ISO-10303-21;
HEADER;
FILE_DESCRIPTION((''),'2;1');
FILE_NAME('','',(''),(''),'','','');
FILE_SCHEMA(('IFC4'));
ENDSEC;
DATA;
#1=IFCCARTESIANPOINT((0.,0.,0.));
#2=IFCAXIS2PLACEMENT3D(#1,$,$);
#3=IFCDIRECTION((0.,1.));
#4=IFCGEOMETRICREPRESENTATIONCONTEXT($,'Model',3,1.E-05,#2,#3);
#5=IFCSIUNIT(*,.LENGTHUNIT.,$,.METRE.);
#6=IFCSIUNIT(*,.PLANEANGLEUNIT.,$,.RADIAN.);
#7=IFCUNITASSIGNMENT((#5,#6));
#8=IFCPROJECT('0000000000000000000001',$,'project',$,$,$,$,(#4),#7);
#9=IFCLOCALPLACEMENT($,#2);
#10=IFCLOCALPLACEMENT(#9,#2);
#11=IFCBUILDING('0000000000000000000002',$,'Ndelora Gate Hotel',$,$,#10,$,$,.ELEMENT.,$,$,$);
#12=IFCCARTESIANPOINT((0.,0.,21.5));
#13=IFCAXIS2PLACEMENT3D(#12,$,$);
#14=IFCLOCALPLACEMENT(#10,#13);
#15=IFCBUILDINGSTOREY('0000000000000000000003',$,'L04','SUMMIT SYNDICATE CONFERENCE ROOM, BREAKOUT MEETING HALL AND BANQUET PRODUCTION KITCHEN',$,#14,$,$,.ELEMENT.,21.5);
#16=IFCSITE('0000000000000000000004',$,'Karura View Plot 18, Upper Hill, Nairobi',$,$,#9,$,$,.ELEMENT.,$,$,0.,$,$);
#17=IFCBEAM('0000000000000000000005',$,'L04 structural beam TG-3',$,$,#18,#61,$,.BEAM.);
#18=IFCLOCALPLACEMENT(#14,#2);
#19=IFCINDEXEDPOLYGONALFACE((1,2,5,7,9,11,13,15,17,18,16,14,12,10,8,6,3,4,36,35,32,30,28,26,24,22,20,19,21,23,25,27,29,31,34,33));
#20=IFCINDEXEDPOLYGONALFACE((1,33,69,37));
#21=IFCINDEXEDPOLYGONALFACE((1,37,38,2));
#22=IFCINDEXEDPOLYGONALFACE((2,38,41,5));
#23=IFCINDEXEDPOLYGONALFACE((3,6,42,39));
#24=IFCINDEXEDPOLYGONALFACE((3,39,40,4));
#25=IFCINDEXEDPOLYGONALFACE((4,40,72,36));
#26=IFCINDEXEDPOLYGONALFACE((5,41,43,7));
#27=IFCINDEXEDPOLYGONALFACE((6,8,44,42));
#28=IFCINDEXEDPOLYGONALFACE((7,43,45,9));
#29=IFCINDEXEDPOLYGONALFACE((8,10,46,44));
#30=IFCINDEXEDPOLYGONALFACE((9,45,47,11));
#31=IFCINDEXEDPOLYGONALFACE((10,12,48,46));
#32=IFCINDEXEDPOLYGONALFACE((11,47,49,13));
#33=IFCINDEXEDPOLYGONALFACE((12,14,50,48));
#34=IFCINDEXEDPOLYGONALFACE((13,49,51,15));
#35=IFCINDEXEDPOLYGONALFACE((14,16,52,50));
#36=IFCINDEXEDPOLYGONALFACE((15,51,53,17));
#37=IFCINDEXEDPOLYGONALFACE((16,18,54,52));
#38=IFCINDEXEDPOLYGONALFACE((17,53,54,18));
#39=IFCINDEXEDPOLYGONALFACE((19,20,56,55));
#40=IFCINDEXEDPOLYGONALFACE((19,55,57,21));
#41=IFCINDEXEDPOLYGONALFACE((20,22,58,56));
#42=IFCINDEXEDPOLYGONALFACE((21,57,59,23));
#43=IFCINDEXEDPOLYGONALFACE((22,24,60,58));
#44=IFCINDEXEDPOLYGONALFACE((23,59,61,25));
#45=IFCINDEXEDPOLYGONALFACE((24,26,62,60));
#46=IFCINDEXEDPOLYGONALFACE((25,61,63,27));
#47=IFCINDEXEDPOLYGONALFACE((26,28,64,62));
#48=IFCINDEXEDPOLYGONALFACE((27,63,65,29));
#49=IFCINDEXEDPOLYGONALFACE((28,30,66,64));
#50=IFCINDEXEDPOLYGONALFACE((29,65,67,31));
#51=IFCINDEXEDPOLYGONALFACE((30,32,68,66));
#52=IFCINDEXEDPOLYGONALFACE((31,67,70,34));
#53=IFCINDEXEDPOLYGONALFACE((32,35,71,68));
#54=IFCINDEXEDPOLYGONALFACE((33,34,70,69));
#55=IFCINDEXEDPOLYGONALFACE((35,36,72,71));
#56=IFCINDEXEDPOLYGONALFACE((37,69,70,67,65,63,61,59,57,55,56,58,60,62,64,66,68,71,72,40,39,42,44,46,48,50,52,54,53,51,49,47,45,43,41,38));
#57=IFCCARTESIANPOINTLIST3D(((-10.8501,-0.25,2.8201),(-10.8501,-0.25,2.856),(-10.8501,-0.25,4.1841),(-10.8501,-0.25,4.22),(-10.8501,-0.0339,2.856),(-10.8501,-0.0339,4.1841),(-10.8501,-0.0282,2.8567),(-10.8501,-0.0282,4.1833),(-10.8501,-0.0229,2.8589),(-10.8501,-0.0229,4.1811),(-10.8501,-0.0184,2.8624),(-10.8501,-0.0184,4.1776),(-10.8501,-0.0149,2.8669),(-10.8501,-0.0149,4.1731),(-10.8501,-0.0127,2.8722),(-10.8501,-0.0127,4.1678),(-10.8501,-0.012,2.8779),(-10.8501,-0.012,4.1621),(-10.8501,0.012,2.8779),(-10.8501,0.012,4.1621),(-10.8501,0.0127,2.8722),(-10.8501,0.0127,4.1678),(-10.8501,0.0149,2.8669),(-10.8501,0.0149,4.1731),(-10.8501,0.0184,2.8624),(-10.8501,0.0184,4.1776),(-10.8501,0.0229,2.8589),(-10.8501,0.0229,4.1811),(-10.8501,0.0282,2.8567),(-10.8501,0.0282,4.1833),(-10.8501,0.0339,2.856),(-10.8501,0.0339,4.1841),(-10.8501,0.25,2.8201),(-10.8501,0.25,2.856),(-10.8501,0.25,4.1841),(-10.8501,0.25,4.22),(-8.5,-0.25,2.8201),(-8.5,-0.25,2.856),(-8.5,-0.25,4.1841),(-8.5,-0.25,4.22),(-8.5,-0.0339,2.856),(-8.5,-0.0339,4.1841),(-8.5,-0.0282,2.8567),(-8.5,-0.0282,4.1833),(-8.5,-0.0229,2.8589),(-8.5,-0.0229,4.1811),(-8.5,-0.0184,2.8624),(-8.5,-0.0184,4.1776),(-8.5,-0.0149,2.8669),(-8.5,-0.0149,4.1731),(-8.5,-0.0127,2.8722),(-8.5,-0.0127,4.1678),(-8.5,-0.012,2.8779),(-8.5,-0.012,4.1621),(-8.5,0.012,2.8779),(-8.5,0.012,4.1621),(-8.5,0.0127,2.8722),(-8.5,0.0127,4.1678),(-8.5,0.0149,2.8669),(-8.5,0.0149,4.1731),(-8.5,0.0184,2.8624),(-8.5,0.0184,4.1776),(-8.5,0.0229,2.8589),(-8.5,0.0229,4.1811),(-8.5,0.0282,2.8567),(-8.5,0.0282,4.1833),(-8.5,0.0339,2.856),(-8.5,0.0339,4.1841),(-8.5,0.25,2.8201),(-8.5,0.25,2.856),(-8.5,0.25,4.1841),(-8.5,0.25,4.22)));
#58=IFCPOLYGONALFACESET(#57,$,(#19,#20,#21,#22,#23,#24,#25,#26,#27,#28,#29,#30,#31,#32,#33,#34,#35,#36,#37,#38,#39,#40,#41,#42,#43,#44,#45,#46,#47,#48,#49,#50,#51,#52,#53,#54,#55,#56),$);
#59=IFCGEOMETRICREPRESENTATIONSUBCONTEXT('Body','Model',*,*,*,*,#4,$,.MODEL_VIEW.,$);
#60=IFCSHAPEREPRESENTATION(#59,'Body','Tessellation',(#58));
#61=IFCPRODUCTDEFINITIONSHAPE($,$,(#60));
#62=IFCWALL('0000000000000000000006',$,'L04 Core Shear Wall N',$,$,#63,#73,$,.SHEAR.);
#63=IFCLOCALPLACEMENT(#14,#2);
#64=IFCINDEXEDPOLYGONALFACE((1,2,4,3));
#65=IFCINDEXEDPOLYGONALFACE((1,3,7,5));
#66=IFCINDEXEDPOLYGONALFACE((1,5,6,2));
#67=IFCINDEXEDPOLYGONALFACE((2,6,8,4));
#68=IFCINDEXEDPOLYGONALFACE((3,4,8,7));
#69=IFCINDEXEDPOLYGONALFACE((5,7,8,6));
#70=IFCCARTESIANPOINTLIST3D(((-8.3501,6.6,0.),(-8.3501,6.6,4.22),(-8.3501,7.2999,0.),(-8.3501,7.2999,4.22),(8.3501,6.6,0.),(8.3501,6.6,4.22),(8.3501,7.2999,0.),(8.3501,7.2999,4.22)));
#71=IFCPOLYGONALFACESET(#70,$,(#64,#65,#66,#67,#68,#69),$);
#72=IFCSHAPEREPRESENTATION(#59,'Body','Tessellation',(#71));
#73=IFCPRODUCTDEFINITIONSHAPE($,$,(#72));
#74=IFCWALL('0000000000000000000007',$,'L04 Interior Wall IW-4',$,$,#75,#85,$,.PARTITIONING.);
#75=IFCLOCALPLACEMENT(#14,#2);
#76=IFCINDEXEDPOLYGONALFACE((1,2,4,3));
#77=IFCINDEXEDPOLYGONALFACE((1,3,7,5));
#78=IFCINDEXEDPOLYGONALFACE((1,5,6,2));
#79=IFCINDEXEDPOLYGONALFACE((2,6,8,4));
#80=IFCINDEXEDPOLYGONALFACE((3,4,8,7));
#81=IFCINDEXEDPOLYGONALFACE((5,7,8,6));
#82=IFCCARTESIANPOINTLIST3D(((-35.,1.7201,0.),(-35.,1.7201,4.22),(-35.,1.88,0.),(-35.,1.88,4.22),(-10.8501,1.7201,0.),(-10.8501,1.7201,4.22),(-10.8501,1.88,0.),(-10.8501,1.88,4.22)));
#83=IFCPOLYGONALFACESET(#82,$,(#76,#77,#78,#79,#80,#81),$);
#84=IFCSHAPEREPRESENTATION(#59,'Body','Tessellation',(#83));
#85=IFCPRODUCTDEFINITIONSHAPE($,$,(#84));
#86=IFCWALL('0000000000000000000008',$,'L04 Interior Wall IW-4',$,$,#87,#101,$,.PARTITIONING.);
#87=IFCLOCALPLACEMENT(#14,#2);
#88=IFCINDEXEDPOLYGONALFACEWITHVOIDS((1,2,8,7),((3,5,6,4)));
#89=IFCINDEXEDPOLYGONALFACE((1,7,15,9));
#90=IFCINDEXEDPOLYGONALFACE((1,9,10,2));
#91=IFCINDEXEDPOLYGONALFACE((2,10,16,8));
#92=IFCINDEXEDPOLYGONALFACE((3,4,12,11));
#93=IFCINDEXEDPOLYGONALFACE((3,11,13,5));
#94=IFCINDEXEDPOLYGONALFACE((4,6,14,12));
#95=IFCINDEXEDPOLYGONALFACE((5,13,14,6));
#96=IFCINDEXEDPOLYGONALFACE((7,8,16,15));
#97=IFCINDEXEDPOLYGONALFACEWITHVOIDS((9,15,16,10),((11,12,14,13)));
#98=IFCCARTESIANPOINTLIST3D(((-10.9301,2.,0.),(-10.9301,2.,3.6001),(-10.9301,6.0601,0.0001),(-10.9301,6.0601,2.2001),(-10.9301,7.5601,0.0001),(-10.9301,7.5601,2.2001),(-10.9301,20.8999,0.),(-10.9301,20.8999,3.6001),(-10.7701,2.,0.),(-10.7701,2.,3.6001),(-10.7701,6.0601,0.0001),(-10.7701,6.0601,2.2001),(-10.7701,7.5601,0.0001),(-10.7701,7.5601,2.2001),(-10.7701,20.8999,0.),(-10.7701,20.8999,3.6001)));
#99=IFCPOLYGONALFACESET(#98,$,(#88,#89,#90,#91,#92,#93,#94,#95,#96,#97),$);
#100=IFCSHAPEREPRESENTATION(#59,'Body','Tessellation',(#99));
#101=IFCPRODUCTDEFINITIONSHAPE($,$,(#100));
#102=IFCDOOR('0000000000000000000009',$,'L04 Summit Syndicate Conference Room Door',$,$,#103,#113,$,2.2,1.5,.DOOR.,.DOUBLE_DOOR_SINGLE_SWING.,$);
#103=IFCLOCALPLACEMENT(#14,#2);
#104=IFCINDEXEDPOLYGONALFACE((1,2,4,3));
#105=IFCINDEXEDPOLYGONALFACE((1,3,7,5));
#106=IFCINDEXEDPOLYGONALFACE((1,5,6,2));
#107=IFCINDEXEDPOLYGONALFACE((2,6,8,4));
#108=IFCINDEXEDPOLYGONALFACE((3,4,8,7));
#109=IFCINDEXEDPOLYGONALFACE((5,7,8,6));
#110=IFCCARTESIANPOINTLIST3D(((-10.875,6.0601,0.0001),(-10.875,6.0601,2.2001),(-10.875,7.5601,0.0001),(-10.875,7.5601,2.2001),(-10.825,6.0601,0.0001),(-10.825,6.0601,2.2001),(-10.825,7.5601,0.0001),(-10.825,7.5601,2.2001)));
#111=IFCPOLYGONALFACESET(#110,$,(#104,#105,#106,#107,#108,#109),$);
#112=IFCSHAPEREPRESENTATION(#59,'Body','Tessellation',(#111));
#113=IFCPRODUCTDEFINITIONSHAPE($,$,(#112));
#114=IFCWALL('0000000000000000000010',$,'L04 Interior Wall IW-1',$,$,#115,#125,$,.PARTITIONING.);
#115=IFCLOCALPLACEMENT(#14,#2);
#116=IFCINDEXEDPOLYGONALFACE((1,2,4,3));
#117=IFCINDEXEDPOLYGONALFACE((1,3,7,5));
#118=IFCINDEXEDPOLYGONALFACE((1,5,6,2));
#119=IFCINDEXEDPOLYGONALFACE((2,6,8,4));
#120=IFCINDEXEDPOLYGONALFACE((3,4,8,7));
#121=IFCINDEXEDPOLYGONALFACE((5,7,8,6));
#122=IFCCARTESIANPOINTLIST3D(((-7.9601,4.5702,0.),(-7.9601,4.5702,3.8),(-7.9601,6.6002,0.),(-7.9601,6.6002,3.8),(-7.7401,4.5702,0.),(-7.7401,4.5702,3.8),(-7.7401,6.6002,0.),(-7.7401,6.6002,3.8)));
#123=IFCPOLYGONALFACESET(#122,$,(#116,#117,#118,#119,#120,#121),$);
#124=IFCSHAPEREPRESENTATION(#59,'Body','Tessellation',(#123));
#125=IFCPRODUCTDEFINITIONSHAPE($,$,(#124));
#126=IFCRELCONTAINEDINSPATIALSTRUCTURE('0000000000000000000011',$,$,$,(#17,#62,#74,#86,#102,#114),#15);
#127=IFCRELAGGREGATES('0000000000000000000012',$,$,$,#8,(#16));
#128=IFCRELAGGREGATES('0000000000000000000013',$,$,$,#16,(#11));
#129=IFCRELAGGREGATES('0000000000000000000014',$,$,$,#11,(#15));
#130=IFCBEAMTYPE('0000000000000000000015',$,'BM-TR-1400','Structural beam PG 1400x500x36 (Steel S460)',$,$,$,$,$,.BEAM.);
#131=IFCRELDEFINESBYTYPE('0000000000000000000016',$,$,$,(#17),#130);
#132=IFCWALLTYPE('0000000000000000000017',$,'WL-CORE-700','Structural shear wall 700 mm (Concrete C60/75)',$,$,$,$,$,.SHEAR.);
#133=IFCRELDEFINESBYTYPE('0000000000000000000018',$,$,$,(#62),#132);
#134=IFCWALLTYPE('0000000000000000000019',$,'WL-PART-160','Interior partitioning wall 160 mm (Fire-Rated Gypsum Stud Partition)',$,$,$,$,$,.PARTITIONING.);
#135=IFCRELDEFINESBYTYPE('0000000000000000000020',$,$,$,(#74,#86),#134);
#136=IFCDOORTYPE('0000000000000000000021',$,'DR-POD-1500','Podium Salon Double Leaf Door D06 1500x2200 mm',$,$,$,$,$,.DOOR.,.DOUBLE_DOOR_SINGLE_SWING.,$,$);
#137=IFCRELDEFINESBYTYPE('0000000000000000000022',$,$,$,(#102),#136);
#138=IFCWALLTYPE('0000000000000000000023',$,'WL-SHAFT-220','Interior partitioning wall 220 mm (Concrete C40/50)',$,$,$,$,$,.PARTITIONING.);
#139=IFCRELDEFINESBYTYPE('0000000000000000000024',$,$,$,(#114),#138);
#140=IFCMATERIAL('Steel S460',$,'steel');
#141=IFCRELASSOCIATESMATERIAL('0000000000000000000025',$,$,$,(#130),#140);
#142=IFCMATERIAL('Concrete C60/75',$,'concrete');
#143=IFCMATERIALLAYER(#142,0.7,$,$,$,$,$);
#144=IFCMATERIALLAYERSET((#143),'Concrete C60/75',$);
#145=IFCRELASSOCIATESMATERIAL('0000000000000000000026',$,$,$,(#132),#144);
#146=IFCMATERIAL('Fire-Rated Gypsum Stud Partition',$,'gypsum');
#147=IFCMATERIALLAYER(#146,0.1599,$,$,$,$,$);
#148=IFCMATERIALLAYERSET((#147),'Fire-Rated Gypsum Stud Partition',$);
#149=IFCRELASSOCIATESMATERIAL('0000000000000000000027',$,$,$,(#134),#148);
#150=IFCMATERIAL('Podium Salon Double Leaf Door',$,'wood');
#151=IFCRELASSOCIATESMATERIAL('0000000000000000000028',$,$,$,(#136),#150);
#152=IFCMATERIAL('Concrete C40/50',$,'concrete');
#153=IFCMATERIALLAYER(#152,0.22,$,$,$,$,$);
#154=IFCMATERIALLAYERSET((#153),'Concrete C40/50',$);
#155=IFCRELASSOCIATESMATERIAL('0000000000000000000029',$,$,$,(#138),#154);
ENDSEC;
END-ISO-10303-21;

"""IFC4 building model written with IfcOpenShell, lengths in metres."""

from ifc_helpers import new_model, si_unit, direction, frame, frame_2d, origin, origin_2d, place, context, subcontext, project, spatial, rectangle, i_section, extrude, material, layer, layer_set, material_profile, profile_set, type_object, element, fill, save


model = new_model("IFC4")

# Units and contexts
model_context = context("Model", 3, precision=1e-05, world=origin(), true_north=direction((0.0, 1.0)))
body_context = subcontext(model_context, "Body", "Model", "MODEL_VIEW")
ifc_project = project(units=[si_unit("LENGTHUNIT", "METRE"), si_unit("PLANEANGLEUNIT", "RADIAN")], contexts=[model_context])

# Site, building, storey
site_placement = place(None, origin())
site = spatial("IfcSite", under=ifc_project, at=site_placement, Name="Karura View Plot 18, Upper Hill, Nairobi", CompositionType="ELEMENT", RefElevation=0.0)
building_placement = place(site_placement, origin())
building = spatial("IfcBuilding", under=site, at=building_placement, Name="Ndelora Gate Hotel", CompositionType="ELEMENT")
storey_placement = place(building_placement, frame((0.0, 0.0, 21.5)))
storey = spatial("IfcBuildingStorey", under=building, at=storey_placement, Name="L04", Description="SUMMIT SYNDICATE CONFERENCE ROOM, BREAKOUT MEETING HALL AND BANQUET PRODUCTION KITCHEN", CompositionType="ELEMENT", Elevation=21.5)

# Shared definitions
ifc_material_1 = material(Name="Concrete C60/75", Category="concrete")

# Beam
ifc_material_2 = material(Name="Steel S460", Category="steel")
ifc_material_profile_1 = material_profile(ifc_material_2, i_section(OverallWidth=0.5, OverallDepth=1.3999, WebThickness=0.0239, FlangeThickness=0.0359, FilletRadius=0.022, at=origin_2d()), Name="PG 1400x500x36")
ifc_profile_set_1 = profile_set([ifc_material_profile_1], Name="Steel S460")
beam_type_1 = type_object("IfcBeamType", Name="BM-TR-1400", Description="Structural beam PG 1400x500x36 (Steel S460)", PredefinedType="BEAM", material=ifc_profile_set_1)
beam_1_placement = place(storey_placement, frame((-10.8501, 0.0, 3.52), z_axis=(1.0, 0.0, 0.0), x_axis=(0.0, 1.0, 0.0)))
element("IfcBeam", 1, at=beam_1_placement, inside=storey, type_object=beam_type_1, Name="L04 structural beam TG-3", PredefinedType="BEAM", context=body_context, shape_type="SweptSolid", body=[
    extrude(i_section(OverallWidth=0.5, OverallDepth=1.3999, WebThickness=0.0239, FlangeThickness=0.0359, FilletRadius=0.022, at=origin_2d()), origin(), (0.0, 0.0, 1.0), 2.3501),
])

# Wall
ifc_layer_1 = layer(ifc_material_1, 0.7)
ifc_layer_set_1 = layer_set([ifc_layer_1], Name="Concrete C60/75")
wall_type_1 = type_object("IfcWallType", Name="WL-CORE-700", Description="Structural shear wall 700 mm (Concrete C60/75)", PredefinedType="SHEAR", material=ifc_layer_set_1)
wall_1_placement = place(storey_placement, frame((-8.3501, 6.95, 0.0), z_axis=(0.0, 0.0, 1.0), x_axis=(1.0, 0.0, 0.0)))
element("IfcWall", 2, at=wall_1_placement, inside=storey, type_object=wall_type_1, Name="L04 Core Shear Wall N", PredefinedType="SHEAR", context=body_context, shape_type="SweptSolid", body=[
    extrude(rectangle(XDim=16.7002, YDim=0.7, at=frame_2d((8.3501, 0.0))), origin(), (0.0, 0.0, 1.0), 4.22),
])

# Shared definitions
ifc_material_3 = material(Name="Concrete C40/50", Category="concrete")

# Wall
ifc_material_4 = material(Name="Fire-Rated Gypsum Stud Partition", Category="gypsum")
ifc_layer_2 = layer(ifc_material_4, 0.1599)
ifc_layer_set_2 = layer_set([ifc_layer_2], Name="Fire-Rated Gypsum Stud Partition")
wall_type_2 = type_object("IfcWallType", Name="WL-PART-160", Description="Interior partitioning wall 160 mm (Fire-Rated Gypsum Stud Partition)", PredefinedType="PARTITIONING", material=ifc_layer_set_2)
wall_2_placement = place(storey_placement, frame((-10.8501, 1.8, 0.0), z_axis=(0.0, 0.0, 1.0), x_axis=(-1.0, 0.0, 0.0)))
element("IfcWall", 3, at=wall_2_placement, inside=storey, type_object=wall_type_2, Name="L04 Interior Wall IW-4", PredefinedType="PARTITIONING", context=body_context, shape_type="SweptSolid", body=[
    extrude(rectangle(XDim=24.1499, YDim=0.1599, at=frame_2d((12.075, 0.0))), origin(), (0.0, 0.0, 1.0), 4.22),
])

# Wall, opening, door
wall_3_placement = place(storey_placement, frame((-10.8501, 2.0, 0.0), z_axis=(0.0, 0.0, 1.0), x_axis=(0.0, 1.0, 0.0)))
wall_3 = element("IfcWall", 4, at=wall_3_placement, inside=storey, type_object=wall_type_2, Name="L04 Interior Wall IW-4", PredefinedType="PARTITIONING", context=body_context, shape_type="SweptSolid", body=[
    extrude(rectangle(XDim=18.8999, YDim=0.1599, at=frame_2d((9.45, 0.0))), origin(), (0.0, 0.0, 1.0), 3.6001),
])
opening_1_placement = place(wall_3_placement, frame((4.0601, 0.0, 0.0)))
opening_1 = element("IfcOpeningElement", 5, at=opening_1_placement, cuts=wall_3, PredefinedType="OPENING", context=body_context, shape_type="SweptSolid", body=[
    extrude(rectangle(XDim=1.5, YDim=2.2, at=frame_2d((0.75, 1.1001))), frame((0.0, 0.0898, 0.0), z_axis=(0.0, -1.0, 0.0), x_axis=(1.0, 0.0, 0.0)), (0.0, 0.0, 1.0), 0.1799),
])
ifc_material_5 = material(Name="Podium Salon Double Leaf Door", Category="wood")
door_type_1 = type_object("IfcDoorType", Name="DR-POD-1500", Description="Podium Salon Double Leaf Door D06 1500x2200 mm", OperationType="DOUBLE_DOOR_SINGLE_SWING", PredefinedType="DOOR", material=ifc_material_5)
door_1_placement = place(opening_1_placement, origin())
door_1 = element("IfcDoor", 6, at=door_1_placement, inside=storey, type_object=door_type_1, Name="L04 Summit Syndicate Conference Room Door", OperationType="DOUBLE_DOOR_SINGLE_SWING", OverallHeight=2.2, OverallWidth=1.5, PredefinedType="DOOR", context=body_context, shape_type="SweptSolid", body=[
    extrude(rectangle(XDim=1.5, YDim=2.2, at=frame_2d((0.75, 1.1001))), frame((0.0, 0.0249, 0.0), z_axis=(0.0, -1.0, 0.0), x_axis=(1.0, 0.0, 0.0)), (0.0, 0.0, 1.0), 0.05),
])
fill(opening_1, door_1)
ifc_layer_3 = layer(ifc_material_3, 0.22)
ifc_layer_set_3 = layer_set([ifc_layer_3], Name="Concrete C40/50")
wall_type_3 = type_object("IfcWallType", Name="WL-SHAFT-220", Description="Interior partitioning wall 220 mm (Concrete C40/50)", PredefinedType="PARTITIONING", material=ifc_layer_set_3)

# Wall
wall_4_placement = place(storey_placement, frame((-7.8501, 4.5701, 0.0), z_axis=(0.0, 0.0, 1.0), x_axis=(0.0, 1.0, 0.0)))
element("IfcWall", 7, at=wall_4_placement, inside=storey, type_object=wall_type_3, Name="L04 Interior Wall IW-1", PredefinedType="PARTITIONING", context=body_context, shape_type="SweptSolid", body=[
    extrude(rectangle(XDim=2.03, YDim=0.22, at=frame_2d((1.0151, 0.0))), origin(), (0.0, 0.0, 1.0), 3.8),
])

save(model, "model.ifc")
